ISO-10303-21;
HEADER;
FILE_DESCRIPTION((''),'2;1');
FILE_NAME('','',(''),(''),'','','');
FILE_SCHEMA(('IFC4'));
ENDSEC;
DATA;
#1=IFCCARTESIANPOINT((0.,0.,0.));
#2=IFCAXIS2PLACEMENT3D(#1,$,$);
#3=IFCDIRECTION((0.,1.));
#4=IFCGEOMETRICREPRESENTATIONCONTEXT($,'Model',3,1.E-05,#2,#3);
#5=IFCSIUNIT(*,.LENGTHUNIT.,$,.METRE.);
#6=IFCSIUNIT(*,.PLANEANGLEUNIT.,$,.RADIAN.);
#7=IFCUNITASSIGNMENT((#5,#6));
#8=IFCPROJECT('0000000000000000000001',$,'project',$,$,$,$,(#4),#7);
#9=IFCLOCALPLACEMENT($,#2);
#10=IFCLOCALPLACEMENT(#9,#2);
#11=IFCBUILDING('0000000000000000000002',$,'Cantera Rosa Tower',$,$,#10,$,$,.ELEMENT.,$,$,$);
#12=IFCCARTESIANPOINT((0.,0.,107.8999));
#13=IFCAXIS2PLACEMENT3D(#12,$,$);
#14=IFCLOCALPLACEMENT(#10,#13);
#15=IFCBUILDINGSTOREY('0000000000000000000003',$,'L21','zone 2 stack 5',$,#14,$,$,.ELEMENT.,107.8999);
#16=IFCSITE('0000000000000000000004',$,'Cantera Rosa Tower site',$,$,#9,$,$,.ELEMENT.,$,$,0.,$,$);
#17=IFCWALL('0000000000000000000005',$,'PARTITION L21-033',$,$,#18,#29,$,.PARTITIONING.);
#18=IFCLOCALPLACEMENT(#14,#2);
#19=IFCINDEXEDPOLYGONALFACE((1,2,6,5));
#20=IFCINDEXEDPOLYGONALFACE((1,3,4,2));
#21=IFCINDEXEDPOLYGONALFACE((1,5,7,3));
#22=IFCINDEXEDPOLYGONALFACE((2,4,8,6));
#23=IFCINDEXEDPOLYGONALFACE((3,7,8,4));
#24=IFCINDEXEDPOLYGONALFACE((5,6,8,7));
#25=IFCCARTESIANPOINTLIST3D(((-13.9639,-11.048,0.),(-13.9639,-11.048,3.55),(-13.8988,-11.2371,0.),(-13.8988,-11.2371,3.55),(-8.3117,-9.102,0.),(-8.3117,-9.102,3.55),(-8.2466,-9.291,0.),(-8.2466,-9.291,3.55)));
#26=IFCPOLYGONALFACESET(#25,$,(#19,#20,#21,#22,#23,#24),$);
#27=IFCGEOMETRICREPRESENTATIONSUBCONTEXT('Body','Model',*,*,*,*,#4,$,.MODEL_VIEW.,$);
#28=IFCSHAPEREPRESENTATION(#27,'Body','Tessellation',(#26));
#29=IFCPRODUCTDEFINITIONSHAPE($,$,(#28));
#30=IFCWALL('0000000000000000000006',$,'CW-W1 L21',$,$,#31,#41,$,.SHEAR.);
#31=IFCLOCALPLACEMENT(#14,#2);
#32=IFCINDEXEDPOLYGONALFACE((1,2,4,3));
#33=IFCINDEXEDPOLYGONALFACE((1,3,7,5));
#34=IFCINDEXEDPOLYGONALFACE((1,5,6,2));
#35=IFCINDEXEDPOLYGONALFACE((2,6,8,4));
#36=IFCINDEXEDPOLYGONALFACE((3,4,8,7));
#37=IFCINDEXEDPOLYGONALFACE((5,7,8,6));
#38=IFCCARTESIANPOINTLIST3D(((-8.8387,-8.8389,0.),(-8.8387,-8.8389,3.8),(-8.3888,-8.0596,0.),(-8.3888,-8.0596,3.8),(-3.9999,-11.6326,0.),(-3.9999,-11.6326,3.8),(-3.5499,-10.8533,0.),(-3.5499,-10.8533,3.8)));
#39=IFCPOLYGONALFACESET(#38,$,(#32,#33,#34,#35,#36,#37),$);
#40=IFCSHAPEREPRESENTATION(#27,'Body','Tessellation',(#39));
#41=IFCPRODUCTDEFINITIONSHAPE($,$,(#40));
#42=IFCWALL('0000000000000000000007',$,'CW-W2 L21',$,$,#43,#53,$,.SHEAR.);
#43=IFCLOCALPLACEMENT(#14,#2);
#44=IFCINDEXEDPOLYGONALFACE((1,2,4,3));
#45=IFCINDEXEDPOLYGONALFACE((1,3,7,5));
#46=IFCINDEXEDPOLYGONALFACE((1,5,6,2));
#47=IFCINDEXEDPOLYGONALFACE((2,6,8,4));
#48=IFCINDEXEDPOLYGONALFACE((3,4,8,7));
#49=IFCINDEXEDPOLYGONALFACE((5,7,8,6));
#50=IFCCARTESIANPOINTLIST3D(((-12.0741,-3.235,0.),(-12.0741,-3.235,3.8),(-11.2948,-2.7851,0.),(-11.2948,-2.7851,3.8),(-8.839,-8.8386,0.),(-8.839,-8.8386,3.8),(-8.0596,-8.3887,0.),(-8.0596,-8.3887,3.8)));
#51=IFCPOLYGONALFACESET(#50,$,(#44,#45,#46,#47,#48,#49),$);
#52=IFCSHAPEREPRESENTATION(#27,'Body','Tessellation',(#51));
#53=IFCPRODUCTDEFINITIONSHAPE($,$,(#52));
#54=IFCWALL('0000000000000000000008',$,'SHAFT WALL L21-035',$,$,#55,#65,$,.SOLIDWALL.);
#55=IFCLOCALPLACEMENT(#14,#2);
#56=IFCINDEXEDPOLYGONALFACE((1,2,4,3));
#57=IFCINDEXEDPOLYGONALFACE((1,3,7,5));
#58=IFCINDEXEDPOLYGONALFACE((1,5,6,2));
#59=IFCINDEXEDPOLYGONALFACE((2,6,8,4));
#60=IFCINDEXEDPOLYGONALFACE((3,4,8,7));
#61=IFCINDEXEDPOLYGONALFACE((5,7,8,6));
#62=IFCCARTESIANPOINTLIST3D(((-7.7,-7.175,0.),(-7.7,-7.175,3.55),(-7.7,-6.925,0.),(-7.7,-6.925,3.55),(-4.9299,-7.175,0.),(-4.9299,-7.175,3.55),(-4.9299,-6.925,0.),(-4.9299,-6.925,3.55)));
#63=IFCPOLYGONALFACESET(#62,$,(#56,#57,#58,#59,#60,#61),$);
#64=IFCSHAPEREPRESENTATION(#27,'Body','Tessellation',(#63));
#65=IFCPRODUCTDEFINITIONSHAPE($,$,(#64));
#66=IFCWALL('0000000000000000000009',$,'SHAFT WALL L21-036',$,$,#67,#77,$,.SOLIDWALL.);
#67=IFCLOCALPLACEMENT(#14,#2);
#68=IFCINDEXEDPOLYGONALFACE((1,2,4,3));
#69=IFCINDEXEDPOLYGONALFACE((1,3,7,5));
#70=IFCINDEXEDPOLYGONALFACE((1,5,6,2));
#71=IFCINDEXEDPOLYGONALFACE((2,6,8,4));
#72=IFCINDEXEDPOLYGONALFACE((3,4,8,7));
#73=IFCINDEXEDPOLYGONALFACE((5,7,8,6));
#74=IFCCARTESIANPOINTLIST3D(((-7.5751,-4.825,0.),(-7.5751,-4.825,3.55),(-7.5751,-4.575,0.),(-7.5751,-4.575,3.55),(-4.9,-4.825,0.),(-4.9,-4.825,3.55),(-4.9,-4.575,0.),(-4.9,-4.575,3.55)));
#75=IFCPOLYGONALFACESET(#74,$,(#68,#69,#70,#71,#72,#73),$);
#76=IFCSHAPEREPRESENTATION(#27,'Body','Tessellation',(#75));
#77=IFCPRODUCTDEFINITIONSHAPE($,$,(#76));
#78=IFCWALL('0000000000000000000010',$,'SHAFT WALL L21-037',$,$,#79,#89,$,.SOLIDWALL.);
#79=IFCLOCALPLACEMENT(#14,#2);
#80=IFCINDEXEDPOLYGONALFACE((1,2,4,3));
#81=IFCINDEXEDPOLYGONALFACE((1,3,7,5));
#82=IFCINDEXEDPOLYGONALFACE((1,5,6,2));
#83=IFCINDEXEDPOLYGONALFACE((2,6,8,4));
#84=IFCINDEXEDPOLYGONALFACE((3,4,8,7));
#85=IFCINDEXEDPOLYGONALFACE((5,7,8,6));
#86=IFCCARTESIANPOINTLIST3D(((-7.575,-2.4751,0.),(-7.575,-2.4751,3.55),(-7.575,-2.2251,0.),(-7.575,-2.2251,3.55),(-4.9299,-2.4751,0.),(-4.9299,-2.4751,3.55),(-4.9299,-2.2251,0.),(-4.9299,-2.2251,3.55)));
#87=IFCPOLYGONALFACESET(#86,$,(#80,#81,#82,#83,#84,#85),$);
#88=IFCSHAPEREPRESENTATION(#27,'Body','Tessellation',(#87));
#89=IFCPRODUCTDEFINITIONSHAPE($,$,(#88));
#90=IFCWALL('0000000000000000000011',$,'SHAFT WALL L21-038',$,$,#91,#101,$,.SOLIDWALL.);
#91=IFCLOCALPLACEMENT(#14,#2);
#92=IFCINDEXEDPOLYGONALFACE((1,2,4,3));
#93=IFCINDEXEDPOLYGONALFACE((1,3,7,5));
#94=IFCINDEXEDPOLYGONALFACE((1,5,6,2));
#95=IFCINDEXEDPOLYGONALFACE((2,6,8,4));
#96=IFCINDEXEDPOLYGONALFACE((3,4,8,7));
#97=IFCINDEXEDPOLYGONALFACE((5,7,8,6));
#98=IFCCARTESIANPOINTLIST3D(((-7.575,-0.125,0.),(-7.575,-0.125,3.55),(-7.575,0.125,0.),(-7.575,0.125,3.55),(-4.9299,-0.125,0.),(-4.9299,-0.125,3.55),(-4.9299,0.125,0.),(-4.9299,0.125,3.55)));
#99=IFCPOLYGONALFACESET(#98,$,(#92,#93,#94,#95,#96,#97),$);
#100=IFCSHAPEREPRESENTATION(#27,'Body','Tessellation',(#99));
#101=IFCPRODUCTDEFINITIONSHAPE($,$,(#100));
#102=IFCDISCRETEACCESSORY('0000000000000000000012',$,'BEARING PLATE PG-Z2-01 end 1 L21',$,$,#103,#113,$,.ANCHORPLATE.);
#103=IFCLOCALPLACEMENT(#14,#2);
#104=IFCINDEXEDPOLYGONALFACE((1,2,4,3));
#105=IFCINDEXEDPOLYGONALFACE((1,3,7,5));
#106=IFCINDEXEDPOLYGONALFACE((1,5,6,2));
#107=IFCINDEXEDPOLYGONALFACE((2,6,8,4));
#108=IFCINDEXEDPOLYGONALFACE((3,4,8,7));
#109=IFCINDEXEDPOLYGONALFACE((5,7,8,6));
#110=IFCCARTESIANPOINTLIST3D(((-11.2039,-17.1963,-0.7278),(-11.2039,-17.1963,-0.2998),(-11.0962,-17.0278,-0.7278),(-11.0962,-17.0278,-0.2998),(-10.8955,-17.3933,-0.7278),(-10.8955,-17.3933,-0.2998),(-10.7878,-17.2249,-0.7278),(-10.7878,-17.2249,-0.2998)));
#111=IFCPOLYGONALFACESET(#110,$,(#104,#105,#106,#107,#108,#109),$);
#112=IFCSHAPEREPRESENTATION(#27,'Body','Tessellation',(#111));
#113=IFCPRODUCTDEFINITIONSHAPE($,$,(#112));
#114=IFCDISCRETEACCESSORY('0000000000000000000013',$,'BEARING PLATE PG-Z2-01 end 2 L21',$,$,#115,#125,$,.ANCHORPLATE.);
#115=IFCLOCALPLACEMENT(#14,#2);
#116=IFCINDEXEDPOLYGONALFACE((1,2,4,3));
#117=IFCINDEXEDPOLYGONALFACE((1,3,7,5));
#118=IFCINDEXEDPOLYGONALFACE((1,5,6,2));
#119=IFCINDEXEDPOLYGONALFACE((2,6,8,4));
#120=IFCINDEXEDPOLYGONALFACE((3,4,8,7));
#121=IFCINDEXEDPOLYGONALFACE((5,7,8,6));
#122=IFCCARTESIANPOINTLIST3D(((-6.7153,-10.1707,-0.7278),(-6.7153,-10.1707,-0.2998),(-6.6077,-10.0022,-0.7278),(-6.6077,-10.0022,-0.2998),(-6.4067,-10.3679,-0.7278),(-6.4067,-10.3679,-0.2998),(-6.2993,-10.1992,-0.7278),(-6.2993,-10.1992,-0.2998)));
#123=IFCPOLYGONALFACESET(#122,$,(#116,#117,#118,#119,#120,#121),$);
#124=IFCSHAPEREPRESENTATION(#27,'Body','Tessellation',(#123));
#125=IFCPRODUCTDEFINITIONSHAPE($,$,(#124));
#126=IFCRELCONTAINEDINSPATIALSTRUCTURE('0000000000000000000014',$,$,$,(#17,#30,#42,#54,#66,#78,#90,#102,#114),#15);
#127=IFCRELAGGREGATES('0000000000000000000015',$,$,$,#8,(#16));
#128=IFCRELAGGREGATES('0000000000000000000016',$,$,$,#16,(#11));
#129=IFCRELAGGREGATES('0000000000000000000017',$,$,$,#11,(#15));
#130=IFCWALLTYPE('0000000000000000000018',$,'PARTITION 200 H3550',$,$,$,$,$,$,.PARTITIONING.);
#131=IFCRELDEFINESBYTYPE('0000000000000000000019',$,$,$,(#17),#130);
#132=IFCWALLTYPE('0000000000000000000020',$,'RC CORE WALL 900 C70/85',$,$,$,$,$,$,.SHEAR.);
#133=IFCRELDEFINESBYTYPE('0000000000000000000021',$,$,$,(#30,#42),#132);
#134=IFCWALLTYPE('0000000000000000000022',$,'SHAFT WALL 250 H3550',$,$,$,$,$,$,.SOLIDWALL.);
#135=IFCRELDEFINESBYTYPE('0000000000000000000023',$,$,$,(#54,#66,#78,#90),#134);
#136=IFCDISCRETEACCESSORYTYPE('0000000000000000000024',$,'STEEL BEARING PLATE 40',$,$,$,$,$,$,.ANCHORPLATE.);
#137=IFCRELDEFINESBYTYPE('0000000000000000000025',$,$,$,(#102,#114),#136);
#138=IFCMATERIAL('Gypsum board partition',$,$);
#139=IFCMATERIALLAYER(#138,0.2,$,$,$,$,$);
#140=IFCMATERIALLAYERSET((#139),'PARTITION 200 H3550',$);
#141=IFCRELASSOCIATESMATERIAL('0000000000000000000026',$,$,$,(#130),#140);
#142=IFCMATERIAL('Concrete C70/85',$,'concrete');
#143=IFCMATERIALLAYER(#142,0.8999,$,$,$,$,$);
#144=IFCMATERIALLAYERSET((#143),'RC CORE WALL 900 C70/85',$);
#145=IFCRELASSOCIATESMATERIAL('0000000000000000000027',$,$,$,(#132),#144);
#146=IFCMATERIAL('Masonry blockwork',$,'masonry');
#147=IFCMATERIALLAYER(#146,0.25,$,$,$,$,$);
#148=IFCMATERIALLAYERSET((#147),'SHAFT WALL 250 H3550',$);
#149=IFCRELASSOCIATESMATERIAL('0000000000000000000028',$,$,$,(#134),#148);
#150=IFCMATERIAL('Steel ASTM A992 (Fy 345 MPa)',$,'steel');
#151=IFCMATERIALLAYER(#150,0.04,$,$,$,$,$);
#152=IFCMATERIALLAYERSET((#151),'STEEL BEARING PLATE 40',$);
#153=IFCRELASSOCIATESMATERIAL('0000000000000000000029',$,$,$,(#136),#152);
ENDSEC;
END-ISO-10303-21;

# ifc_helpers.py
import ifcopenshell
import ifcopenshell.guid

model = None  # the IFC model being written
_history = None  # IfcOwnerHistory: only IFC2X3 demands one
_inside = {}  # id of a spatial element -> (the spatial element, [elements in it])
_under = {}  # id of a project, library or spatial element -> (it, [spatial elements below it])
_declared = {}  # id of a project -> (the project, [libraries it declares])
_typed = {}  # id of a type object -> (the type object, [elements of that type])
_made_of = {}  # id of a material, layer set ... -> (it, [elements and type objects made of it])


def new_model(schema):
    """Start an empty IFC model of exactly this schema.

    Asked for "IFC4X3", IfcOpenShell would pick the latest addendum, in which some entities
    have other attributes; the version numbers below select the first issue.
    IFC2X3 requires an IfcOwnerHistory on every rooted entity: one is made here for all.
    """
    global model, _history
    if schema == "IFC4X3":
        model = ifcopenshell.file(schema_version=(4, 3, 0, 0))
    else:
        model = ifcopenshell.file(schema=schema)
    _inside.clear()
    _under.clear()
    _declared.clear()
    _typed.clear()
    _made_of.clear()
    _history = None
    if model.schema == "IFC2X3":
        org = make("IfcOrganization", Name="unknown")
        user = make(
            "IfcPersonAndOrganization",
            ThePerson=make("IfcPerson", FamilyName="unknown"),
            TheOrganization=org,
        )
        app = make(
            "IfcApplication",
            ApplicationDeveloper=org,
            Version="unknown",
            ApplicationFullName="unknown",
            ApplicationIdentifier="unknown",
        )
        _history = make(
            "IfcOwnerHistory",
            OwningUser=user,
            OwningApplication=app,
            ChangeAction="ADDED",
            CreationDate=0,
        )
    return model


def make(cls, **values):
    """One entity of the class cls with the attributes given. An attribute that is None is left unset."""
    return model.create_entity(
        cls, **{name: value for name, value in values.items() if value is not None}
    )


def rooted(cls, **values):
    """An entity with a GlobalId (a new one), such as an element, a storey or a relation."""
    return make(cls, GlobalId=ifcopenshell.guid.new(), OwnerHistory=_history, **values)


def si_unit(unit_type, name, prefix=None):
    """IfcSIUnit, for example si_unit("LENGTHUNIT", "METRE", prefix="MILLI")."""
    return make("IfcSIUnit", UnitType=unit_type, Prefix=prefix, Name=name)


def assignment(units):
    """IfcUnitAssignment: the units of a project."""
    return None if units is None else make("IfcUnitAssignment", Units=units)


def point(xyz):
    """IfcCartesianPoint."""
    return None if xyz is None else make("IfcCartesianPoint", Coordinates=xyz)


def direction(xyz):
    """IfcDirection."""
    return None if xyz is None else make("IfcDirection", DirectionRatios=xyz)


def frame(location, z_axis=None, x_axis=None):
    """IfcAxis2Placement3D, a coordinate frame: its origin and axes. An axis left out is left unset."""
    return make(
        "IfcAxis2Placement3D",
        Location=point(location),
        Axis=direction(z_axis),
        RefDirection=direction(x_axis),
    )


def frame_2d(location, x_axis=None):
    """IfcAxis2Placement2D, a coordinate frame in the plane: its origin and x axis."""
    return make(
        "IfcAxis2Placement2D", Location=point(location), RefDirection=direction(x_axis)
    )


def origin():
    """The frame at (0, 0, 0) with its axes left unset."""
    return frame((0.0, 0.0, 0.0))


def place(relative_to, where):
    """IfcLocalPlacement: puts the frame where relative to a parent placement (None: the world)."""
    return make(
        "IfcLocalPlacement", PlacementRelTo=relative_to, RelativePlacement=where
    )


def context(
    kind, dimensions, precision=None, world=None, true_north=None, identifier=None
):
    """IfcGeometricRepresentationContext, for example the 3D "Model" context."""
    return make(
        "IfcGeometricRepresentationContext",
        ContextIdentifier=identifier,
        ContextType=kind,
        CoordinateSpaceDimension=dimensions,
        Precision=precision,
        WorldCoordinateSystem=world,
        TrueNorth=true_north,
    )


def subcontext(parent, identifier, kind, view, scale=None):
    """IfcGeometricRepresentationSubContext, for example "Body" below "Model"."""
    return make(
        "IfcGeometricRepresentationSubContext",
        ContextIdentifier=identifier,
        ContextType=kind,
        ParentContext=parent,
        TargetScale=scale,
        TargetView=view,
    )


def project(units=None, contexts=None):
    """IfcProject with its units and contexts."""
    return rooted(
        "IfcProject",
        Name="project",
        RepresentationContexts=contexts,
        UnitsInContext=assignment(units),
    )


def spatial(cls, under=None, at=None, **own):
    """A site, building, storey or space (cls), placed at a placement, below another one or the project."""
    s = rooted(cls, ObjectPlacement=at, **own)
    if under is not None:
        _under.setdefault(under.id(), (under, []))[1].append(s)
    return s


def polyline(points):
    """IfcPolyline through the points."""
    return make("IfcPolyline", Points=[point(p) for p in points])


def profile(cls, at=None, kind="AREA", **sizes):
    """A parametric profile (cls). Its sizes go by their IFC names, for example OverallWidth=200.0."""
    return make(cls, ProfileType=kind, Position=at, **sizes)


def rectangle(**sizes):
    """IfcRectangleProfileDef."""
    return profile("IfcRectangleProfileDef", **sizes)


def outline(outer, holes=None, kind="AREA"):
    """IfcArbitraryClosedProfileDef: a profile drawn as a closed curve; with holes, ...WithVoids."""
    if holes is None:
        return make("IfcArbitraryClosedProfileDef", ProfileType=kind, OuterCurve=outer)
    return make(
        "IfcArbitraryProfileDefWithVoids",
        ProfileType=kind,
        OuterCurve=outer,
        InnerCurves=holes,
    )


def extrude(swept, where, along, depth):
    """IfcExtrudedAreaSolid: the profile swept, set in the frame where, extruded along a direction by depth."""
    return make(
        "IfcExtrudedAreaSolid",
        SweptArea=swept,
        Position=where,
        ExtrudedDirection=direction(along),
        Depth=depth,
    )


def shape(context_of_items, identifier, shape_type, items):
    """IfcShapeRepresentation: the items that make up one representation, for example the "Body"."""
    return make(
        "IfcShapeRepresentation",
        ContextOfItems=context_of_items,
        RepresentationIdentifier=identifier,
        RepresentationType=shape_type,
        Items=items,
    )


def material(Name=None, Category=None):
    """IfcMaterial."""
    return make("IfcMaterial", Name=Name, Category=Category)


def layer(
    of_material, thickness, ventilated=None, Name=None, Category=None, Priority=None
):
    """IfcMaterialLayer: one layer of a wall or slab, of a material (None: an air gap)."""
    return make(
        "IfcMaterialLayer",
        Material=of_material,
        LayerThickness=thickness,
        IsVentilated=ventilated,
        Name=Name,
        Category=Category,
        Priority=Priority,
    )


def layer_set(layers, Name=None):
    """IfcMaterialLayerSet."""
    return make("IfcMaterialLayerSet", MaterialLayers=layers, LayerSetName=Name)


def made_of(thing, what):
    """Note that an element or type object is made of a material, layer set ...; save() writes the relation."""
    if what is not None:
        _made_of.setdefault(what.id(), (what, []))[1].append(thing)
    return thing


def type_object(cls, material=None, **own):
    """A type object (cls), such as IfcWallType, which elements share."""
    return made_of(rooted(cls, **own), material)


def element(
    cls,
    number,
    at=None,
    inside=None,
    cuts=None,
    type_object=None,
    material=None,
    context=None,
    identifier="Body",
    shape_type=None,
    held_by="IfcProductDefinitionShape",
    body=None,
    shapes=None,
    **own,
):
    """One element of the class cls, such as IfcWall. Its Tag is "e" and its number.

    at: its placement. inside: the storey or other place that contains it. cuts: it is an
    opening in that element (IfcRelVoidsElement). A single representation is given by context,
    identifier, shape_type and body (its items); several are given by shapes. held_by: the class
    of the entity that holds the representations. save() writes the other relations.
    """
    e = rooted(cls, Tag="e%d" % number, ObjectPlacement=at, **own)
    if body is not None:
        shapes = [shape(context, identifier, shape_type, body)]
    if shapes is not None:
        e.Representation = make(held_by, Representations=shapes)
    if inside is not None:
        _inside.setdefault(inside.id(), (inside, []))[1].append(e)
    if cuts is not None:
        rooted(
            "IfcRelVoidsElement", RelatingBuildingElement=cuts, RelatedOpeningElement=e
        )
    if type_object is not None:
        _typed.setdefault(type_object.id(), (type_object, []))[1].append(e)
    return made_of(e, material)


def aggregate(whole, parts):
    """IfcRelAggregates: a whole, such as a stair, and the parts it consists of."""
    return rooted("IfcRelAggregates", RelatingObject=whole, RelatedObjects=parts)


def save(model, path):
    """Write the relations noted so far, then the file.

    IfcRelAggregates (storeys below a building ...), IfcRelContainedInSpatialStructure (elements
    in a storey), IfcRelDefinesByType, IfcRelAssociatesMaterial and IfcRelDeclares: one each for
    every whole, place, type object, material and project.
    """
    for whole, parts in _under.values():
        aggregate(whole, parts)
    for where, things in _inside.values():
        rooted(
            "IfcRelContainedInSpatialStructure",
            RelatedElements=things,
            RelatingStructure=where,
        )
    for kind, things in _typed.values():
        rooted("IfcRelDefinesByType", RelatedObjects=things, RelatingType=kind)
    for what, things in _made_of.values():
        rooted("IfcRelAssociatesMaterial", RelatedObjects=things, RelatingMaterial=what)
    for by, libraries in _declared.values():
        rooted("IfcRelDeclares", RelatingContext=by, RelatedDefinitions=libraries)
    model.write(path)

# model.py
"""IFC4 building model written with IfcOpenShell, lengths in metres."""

from ifc_helpers import new_model, si_unit, direction, frame, frame_2d, origin, place, context, subcontext, project, spatial, polyline, rectangle, outline, extrude, material, layer, layer_set, type_object, element, save


model = new_model("IFC4")

# Units and contexts
model_context = context("Model", 3, precision=1e-05, world=origin(), true_north=direction((0.0, 1.0)))
body_context = subcontext(model_context, "Body", "Model", "MODEL_VIEW")
ifc_project = project(units=[si_unit("LENGTHUNIT", "METRE"), si_unit("PLANEANGLEUNIT", "RADIAN")], contexts=[model_context])

# Site, building, storey
site_placement = place(None, origin())
site = spatial("IfcSite", under=ifc_project, at=site_placement, Name="Cantera Rosa Tower site", CompositionType="ELEMENT", RefElevation=0.0)
building_placement = place(site_placement, origin())
building = spatial("IfcBuilding", under=site, at=building_placement, Name="Cantera Rosa Tower", CompositionType="ELEMENT")
storey_placement = place(building_placement, frame((0.0, 0.0, 107.8999)))
storey = spatial("IfcBuildingStorey", under=building, at=storey_placement, Name="L21", Description="zone 2 stack 5", CompositionType="ELEMENT", Elevation=107.8999)

# Walls
ifc_material_1 = material(Name="Gypsum board partition")
ifc_layer_1 = layer(ifc_material_1, 0.2)
ifc_layer_set_1 = layer_set([ifc_layer_1], Name="PARTITION 200 H3550")
wall_type_1 = type_object("IfcWallType", Name="PARTITION 200 H3550", PredefinedType="PARTITIONING", material=ifc_layer_set_1)
wall_1_placement = place(storey_placement, frame((-8.2793, -9.1965, 0.0), z_axis=(0.0, 0.0, 1.0), x_axis=(-0.945525, -0.325549, 0.0)))
element("IfcWall", 1, at=wall_1_placement, inside=storey, type_object=wall_type_1, Name="PARTITION L21-033", PredefinedType="PARTITIONING", context=body_context, shape_type="SweptSolid", body=[
    extrude(rectangle(XDim=5.9778, YDim=0.2, at=frame_2d((2.9888, 0.0))), origin(), (0.0, 0.0, 1.0), 3.55),
])
ifc_material_2 = material(Name="Concrete C70/85", Category="concrete")
ifc_layer_2 = layer(ifc_material_2, 0.8999)
ifc_layer_set_2 = layer_set([ifc_layer_2], Name="RC CORE WALL 900 C70/85")
wall_type_2 = type_object("IfcWallType", Name="RC CORE WALL 900 C70/85", PredefinedType="SHEAR", material=ifc_layer_set_2)
wall_2_placement = place(storey_placement, frame((-3.7749, -11.2429, 0.0), z_axis=(0.0, 0.0, 1.0), x_axis=(-0.866027, 0.499997, 0.0)))
element("IfcWall", 2, at=wall_2_placement, inside=storey, type_object=wall_type_2, Name="CW-W1 L21", PredefinedType="SHEAR", context=body_context, shape_type="SweptSolid", body=[
    extrude(rectangle(XDim=5.5874, YDim=0.8999, at=frame_2d((2.7937, 0.0))), origin(), (0.0, 0.0, 1.0), 3.8),
])
wall_3_placement = place(storey_placement, frame((-8.4492, -8.6138, 0.0), z_axis=(0.0, 0.0, 1.0), x_axis=(-0.49999, 0.866031, 0.0)))
element("IfcWall", 3, at=wall_3_placement, inside=storey, type_object=wall_type_2, Name="CW-W2 L21", PredefinedType="SHEAR", context=body_context, shape_type="SweptSolid", body=[
    extrude(rectangle(XDim=6.4705, YDim=0.8999, at=frame_2d((3.2354, 0.0))), origin(), (0.0, 0.0, 1.0), 3.8),
])
ifc_material_3 = material(Name="Masonry blockwork", Category="masonry")
ifc_layer_3 = layer(ifc_material_3, 0.25)
ifc_layer_set_3 = layer_set([ifc_layer_3], Name="SHAFT WALL 250 H3550")
wall_type_3 = type_object("IfcWallType", Name="SHAFT WALL 250 H3550", PredefinedType="SOLIDWALL", material=ifc_layer_set_3)
wall_4_placement = place(storey_placement, frame((-7.7, -7.05, 0.0), z_axis=(0.0, 0.0, 1.0), x_axis=(1.0, 0.0, 0.0)))
element("IfcWall", 4, at=wall_4_placement, inside=storey, type_object=wall_type_3, Name="SHAFT WALL L21-035", PredefinedType="SOLIDWALL", context=body_context, shape_type="SweptSolid", body=[
    extrude(rectangle(XDim=2.77, YDim=0.25, at=frame_2d((1.385, 0.0))), origin(), (0.0, 0.0, 1.0), 3.55),
])
wall_5_placement = place(storey_placement, frame((-7.575, -4.7, 0.0), z_axis=(0.0, 0.0, 1.0), x_axis=(1.0, 0.0, 0.0)))
element("IfcWall", 5, at=wall_5_placement, inside=storey, type_object=wall_type_3, Name="SHAFT WALL L21-036", PredefinedType="SOLIDWALL", context=body_context, shape_type="SweptSolid", body=[
    extrude(rectangle(XDim=2.675, YDim=0.25, at=frame_2d((1.3374, 0.0))), origin(), (0.0, 0.0, 1.0), 3.55),
])
for number, where, z_axis, x_axis, name in (
    (6, (-7.575, -2.3501, 0.0), (0.0, 0.0, 1.0), (1.0, 0.0, 0.0), "SHAFT WALL L21-037"),
    (7, (-7.575, 0.0, 0.0), (0.0, 0.0, 1.0), (1.0, 0.0, 0.0), "SHAFT WALL L21-038"),
):
    element("IfcWall", number, at=place(storey_placement, frame(where, z_axis=z_axis, x_axis=x_axis)), inside=storey, type_object=wall_type_3, Name=name, PredefinedType="SOLIDWALL", context=body_context, shape_type="SweptSolid", body=[
        extrude(rectangle(XDim=2.645, YDim=0.25, at=frame_2d((1.3225, 0.0))), origin(), (0.0, 0.0, 1.0), 3.55),
    ])

# Discrete accessories
ifc_material_4 = material(Name="Steel ASTM A992 (Fy 345 MPa)", Category="steel")
ifc_layer_4 = layer(ifc_material_4, 0.04)
ifc_layer_set_4 = layer_set([ifc_layer_4], Name="STEEL BEARING PLATE 40")
discrete_accessory_type = type_object("IfcDiscreteAccessoryType", Name="STEEL BEARING PLATE 40", PredefinedType="ANCHORPLATE", material=ifc_layer_set_4)
discrete_accessory_1_placement = place(storey_placement, frame((0.0, 0.0, -0.7278)))
element("IfcDiscreteAccessory", 8, at=discrete_accessory_1_placement, inside=storey, type_object=discrete_accessory_type, Name="BEARING PLATE PG-Z2-01 end 1 L21", PredefinedType="ANCHORPLATE", context=body_context, shape_type="SweptSolid", body=[
    extrude(outline(polyline([(-11.0962, -17.0278), (-11.2039, -17.1963), (-10.8955, -17.3933), (-10.7878, -17.2249), (-11.0962, -17.0278)])), origin(), (0.0, 0.0, 1.0), 0.428),
])
discrete_accessory_2_placement = place(storey_placement, frame((0.0, 0.0, -0.7278)))
element("IfcDiscreteAccessory", 9, at=discrete_accessory_2_placement, inside=storey, type_object=discrete_accessory_type, Name="BEARING PLATE PG-Z2-01 end 2 L21", PredefinedType="ANCHORPLATE", context=body_context, shape_type="SweptSolid", body=[
    extrude(outline(polyline([(-6.4067, -10.3679), (-6.2993, -10.1992), (-6.6077, -10.0022), (-6.7153, -10.1707), (-6.4067, -10.3679)])), origin(), (0.0, 0.0, 1.0), 0.428),
])

save(model, "model.ifc")
